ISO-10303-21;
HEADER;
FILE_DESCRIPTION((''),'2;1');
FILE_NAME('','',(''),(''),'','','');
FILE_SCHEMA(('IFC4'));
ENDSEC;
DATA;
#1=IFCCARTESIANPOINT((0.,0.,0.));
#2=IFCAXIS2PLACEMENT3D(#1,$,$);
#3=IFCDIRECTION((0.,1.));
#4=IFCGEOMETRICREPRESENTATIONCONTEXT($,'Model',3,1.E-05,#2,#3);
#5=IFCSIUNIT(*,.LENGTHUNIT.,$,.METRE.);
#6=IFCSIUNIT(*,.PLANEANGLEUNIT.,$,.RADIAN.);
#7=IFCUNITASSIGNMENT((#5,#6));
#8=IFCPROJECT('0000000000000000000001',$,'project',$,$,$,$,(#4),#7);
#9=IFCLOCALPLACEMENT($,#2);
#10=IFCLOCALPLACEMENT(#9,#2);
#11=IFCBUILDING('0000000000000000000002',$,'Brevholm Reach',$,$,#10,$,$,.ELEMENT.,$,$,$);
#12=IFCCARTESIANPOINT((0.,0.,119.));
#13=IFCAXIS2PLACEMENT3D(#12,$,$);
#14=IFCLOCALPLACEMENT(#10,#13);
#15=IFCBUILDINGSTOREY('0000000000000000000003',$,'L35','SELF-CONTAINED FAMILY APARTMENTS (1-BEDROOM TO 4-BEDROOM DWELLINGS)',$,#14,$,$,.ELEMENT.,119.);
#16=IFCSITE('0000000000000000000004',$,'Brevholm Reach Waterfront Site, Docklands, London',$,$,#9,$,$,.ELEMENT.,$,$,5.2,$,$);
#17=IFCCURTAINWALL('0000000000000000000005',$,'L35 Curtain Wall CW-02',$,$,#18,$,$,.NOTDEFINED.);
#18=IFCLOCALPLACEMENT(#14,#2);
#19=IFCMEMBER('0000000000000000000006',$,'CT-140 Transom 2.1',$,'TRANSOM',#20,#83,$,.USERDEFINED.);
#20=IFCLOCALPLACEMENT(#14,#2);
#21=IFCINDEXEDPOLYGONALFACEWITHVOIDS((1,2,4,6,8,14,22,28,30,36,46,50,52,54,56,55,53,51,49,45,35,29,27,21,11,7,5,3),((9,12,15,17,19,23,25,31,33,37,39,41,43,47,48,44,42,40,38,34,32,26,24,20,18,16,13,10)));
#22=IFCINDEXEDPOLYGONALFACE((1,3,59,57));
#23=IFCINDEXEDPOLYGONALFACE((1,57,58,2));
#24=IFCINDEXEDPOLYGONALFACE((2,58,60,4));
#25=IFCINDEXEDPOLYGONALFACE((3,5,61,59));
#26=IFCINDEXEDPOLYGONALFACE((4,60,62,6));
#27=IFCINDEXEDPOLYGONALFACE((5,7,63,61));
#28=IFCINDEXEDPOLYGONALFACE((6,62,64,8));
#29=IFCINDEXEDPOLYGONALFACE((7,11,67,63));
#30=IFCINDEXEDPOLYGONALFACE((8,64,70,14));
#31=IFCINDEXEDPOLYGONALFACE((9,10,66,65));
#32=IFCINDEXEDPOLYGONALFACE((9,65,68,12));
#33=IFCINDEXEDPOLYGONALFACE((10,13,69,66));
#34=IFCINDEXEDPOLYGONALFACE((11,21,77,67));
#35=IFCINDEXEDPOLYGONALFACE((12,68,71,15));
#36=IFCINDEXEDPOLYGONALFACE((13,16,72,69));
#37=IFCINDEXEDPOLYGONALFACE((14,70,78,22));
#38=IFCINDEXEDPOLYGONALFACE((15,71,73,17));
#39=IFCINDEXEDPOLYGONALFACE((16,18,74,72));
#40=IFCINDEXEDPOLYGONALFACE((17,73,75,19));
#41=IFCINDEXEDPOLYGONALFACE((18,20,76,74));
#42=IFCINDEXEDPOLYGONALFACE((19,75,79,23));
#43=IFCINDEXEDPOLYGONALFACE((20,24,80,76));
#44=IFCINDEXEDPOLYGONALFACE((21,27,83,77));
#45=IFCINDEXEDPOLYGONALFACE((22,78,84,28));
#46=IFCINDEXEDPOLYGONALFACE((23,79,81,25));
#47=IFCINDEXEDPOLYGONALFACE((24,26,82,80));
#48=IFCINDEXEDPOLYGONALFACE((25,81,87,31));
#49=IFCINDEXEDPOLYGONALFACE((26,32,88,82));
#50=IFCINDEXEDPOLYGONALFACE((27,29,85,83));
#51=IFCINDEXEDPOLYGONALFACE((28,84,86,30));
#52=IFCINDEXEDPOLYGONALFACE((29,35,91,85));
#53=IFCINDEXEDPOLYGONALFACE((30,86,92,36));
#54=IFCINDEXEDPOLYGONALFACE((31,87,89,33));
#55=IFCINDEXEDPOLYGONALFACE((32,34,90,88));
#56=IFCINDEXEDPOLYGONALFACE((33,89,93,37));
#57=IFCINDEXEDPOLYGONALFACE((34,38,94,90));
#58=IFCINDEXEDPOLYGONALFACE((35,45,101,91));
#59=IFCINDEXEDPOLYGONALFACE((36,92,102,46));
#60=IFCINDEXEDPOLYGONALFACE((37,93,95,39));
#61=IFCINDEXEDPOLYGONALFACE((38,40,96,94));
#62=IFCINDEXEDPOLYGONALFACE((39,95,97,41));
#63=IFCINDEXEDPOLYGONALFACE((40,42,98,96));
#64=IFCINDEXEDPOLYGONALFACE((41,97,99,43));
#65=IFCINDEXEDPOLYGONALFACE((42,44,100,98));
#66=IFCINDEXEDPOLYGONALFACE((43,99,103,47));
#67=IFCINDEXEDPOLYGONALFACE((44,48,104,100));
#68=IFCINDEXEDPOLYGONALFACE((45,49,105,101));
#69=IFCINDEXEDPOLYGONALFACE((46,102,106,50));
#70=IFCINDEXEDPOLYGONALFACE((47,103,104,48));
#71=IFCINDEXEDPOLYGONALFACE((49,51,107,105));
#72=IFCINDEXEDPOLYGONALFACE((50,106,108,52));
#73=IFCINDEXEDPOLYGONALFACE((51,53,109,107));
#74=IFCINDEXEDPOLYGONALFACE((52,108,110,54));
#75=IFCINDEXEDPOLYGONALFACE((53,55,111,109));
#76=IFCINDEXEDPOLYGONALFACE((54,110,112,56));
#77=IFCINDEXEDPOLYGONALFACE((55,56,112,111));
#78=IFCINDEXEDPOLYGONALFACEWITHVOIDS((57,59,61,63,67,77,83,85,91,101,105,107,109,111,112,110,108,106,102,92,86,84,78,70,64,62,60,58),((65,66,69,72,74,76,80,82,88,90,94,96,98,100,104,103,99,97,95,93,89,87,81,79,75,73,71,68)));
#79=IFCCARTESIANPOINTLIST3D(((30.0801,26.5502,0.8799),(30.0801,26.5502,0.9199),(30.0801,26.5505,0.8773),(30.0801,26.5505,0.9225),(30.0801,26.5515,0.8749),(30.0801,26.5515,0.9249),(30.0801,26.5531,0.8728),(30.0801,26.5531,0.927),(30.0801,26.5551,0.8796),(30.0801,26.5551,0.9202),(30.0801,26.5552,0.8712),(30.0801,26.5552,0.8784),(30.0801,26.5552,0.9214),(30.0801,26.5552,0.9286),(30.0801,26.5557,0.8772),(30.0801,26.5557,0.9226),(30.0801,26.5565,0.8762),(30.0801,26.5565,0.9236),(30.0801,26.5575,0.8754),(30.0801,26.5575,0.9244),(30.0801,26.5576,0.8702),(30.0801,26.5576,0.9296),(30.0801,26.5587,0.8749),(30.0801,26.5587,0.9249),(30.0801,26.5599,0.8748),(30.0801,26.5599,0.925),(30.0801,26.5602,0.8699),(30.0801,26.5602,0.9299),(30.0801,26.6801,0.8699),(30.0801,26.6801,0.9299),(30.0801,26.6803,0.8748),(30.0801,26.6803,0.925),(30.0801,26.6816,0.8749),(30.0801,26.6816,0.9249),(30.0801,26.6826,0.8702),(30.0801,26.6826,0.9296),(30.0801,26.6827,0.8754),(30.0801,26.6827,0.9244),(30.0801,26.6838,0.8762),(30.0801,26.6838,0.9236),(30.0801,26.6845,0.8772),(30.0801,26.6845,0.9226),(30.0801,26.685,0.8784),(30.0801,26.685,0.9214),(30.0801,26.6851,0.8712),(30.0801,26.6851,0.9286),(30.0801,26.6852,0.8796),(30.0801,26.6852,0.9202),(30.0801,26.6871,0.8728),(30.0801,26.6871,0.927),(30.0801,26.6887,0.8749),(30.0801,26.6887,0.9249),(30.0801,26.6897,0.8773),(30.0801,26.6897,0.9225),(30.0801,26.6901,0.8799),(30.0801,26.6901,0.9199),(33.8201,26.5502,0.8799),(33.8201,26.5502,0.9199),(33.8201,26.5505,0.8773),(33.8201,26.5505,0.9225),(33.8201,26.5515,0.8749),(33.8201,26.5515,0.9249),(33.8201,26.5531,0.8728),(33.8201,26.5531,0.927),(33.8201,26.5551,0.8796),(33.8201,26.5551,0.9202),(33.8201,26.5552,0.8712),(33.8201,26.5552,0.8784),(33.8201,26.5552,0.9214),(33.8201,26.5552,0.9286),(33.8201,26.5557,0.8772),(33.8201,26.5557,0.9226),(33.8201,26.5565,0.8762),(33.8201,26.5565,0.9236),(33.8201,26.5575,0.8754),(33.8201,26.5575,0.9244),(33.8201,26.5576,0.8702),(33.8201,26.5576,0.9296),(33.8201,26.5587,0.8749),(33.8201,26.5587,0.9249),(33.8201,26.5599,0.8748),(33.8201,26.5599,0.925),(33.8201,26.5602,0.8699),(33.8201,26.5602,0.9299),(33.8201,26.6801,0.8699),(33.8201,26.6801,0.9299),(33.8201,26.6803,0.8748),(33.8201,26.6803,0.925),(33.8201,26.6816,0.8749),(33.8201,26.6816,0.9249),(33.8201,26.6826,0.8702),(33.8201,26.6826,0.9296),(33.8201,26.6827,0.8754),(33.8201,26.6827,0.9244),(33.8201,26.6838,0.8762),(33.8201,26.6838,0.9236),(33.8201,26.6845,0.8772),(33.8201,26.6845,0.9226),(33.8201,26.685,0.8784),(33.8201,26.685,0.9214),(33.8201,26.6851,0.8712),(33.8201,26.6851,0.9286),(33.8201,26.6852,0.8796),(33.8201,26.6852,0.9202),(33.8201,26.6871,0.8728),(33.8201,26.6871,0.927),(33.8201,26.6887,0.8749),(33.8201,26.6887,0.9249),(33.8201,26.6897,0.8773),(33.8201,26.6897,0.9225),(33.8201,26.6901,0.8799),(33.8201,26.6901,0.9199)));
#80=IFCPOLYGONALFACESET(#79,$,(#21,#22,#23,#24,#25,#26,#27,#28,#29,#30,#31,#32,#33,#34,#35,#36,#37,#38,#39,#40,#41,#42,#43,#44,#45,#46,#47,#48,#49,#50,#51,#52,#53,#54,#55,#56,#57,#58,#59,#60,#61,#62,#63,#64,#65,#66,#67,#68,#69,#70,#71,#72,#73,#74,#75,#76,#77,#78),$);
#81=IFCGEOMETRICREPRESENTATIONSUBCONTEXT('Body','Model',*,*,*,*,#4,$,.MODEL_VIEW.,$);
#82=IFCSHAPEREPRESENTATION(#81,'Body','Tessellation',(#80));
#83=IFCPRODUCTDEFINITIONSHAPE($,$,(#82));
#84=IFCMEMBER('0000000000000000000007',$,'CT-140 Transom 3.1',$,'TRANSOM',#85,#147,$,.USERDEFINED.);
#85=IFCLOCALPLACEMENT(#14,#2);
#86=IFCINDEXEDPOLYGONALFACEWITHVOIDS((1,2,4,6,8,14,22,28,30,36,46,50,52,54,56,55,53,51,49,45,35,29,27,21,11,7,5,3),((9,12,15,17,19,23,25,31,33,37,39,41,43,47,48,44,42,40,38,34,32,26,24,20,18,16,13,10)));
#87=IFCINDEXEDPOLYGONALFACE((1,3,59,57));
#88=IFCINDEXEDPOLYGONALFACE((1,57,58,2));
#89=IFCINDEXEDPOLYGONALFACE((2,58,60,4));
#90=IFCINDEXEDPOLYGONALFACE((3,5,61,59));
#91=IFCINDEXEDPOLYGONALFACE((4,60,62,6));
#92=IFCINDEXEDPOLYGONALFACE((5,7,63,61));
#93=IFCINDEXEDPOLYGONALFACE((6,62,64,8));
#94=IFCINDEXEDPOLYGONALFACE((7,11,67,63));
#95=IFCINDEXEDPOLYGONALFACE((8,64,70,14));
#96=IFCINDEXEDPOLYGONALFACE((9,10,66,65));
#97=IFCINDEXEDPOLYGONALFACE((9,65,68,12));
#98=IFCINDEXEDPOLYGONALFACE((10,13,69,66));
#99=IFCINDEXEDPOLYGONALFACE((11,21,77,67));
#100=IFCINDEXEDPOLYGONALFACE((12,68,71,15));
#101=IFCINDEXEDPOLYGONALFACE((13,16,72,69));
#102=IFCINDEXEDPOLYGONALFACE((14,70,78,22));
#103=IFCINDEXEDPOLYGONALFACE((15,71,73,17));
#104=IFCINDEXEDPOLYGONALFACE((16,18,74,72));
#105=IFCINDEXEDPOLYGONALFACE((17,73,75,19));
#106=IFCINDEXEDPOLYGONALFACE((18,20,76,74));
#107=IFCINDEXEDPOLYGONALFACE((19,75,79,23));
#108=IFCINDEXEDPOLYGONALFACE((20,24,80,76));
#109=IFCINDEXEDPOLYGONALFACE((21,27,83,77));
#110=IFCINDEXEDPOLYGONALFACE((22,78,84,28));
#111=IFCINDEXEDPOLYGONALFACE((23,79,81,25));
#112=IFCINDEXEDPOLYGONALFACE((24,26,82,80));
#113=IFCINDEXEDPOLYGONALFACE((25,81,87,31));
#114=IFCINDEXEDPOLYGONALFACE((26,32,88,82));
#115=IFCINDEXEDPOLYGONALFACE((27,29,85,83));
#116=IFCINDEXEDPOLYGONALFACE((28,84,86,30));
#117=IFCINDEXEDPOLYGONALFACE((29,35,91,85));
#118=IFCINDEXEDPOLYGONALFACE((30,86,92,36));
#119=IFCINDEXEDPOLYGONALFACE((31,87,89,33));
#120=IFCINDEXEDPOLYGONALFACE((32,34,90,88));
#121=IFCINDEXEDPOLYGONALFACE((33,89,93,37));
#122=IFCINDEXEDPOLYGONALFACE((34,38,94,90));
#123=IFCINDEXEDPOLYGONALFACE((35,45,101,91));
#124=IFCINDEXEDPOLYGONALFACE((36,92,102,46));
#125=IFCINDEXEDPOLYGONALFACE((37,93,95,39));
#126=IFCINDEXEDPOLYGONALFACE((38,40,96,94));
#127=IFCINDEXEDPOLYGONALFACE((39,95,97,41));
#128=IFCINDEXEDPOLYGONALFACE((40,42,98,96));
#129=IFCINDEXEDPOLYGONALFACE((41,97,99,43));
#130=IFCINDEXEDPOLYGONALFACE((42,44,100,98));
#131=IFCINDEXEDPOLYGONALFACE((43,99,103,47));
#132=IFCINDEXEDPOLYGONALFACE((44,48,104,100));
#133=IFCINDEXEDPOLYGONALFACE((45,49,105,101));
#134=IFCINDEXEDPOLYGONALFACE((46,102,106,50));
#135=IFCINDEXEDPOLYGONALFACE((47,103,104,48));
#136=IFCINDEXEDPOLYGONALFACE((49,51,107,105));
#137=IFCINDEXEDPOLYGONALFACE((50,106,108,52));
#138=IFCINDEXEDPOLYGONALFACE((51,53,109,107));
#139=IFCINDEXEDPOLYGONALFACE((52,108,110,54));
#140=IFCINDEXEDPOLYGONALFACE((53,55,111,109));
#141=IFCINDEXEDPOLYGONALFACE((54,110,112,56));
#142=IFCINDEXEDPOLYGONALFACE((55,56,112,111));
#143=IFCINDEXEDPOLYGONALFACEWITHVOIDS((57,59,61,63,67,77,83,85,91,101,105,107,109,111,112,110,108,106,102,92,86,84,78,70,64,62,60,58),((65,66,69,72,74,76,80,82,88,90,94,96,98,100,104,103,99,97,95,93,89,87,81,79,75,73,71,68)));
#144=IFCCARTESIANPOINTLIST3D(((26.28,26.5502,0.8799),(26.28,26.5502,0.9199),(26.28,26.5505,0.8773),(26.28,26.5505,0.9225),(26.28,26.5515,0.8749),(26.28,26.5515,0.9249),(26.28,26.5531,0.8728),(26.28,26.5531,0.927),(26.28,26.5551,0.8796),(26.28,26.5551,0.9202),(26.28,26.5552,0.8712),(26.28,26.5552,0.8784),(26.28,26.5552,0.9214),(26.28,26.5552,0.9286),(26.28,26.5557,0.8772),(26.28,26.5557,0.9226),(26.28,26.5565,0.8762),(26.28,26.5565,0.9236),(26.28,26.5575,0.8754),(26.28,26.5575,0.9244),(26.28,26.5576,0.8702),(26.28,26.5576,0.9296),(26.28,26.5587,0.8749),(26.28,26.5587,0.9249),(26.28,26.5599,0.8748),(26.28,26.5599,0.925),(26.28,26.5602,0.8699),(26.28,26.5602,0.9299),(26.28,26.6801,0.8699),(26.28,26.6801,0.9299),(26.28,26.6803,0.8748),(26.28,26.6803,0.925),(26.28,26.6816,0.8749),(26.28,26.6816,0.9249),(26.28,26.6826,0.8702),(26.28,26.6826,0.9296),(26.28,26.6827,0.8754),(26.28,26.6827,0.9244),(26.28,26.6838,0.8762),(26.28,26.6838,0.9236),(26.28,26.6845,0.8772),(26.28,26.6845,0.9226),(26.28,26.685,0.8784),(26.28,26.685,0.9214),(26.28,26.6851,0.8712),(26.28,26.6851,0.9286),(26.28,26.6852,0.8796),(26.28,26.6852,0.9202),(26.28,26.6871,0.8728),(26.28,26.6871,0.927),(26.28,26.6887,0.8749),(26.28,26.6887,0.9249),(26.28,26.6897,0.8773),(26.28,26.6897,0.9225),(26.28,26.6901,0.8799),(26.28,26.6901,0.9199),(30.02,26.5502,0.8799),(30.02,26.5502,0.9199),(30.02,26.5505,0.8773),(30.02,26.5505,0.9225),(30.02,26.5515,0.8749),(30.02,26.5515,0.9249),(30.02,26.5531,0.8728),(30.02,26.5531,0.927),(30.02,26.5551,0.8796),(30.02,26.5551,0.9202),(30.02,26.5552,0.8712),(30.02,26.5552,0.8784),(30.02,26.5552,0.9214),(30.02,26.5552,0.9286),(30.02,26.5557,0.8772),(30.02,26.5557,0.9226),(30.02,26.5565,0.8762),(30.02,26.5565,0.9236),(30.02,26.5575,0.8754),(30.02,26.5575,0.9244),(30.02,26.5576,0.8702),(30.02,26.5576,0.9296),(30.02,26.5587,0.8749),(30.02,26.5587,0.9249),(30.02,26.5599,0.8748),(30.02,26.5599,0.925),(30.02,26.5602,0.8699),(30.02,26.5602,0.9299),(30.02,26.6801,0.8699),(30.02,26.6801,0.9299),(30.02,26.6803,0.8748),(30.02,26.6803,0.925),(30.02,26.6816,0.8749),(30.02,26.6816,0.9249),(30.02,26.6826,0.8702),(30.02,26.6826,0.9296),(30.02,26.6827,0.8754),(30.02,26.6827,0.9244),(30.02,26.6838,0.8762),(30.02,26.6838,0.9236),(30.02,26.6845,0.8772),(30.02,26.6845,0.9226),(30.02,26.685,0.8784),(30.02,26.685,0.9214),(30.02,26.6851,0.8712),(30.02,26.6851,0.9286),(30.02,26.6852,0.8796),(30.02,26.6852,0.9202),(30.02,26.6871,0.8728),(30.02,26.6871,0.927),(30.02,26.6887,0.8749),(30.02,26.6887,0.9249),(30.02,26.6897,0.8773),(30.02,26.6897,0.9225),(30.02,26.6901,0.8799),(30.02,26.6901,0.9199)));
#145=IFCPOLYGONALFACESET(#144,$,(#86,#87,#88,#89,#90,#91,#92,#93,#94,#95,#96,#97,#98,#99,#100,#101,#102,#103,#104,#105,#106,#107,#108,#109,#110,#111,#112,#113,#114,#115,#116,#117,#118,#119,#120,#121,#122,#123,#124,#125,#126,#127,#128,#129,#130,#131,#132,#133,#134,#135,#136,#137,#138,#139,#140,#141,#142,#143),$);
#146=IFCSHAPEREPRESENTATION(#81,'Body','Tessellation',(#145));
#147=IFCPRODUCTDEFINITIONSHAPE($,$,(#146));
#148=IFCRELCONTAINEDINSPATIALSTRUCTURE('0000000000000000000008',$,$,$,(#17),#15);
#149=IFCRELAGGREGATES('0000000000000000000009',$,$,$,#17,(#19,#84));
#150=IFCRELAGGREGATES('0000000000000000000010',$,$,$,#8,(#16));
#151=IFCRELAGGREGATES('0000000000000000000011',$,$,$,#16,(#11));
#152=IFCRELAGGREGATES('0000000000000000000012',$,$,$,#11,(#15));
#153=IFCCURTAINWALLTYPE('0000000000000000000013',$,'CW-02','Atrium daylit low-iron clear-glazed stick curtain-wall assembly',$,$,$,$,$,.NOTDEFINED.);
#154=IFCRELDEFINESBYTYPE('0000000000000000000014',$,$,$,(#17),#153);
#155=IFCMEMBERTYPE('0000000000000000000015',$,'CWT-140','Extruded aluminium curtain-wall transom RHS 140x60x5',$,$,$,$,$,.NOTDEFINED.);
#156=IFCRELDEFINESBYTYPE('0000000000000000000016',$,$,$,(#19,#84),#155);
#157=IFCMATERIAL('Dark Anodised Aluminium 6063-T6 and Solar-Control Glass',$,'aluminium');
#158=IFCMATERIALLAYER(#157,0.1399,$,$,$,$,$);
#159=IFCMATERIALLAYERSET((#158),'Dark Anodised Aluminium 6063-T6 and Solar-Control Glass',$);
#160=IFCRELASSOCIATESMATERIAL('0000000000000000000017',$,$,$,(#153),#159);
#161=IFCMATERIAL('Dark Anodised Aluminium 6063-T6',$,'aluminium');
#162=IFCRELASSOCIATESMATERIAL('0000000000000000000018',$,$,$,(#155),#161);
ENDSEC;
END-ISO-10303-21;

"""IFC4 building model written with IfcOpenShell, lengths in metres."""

from ifc_helpers import new_model, si_unit, direction, frame, origin, origin_2d, place, context, subcontext, project, spatial, hollow_rectangle, extrude, material, layer, layer_set, material_profile, profile_set, type_object, element, aggregate, save


model = new_model("IFC4")

# Units and contexts
model_context = context("Model", 3, precision=1e-05, world=origin(), true_north=direction((0.0, 1.0)))
body_context = subcontext(model_context, "Body", "Model", "MODEL_VIEW")
ifc_project = project(units=[si_unit("LENGTHUNIT", "METRE"), si_unit("PLANEANGLEUNIT", "RADIAN")], contexts=[model_context])

# Site, building, storey
site_placement = place(None, origin())
site = spatial("IfcSite", under=ifc_project, at=site_placement, Name="Brevholm Reach Waterfront Site, Docklands, London", CompositionType="ELEMENT", RefElevation=5.2)
building_placement = place(site_placement, origin())
building = spatial("IfcBuilding", under=site, at=building_placement, Name="Brevholm Reach", CompositionType="ELEMENT")
storey_placement = place(building_placement, frame((0.0, 0.0, 119.0)))
storey = spatial("IfcBuildingStorey", under=building, at=storey_placement, Name="L35", Description="SELF-CONTAINED FAMILY APARTMENTS (1-BEDROOM TO 4-BEDROOM DWELLINGS)", CompositionType="ELEMENT", Elevation=119.0)

# Curtain wall
ifc_material_1 = material(Name="Dark Anodised Aluminium 6063-T6 and Solar-Control Glass", Category="aluminium")
ifc_layer_1 = layer(ifc_material_1, 0.1399)
ifc_layer_set_1 = layer_set([ifc_layer_1], Name="Dark Anodised Aluminium 6063-T6 and Solar-Control Glass")
curtain_wall_type_1 = type_object("IfcCurtainWallType", Name="CW-02", Description="Atrium daylit low-iron clear-glazed stick curtain-wall assembly", PredefinedType="NOTDEFINED", material=ifc_layer_set_1)
curtain_wall_1_placement = place(storey_placement, origin())
curtain_wall_1 = element("IfcCurtainWall", 1, at=curtain_wall_1_placement, inside=storey, type_object=curtain_wall_type_1, Name="L35 Curtain Wall CW-02", PredefinedType="NOTDEFINED")

# Members
ifc_material_2 = material(Name="Dark Anodised Aluminium 6063-T6", Category="aluminium")
ifc_material_profile_1 = material_profile(ifc_material_2, hollow_rectangle(XDim=0.0601, YDim=0.1399, WallThickness=0.0049, InnerFilletRadius=0.0049, OuterFilletRadius=0.01, at=origin_2d()), Name="RHS 140x60x5")
ifc_profile_set_1 = profile_set([ifc_material_profile_1], Name="Dark Anodised Aluminium 6063-T6")
member_type_1 = type_object("IfcMemberType", Name="CWT-140", Description="Extruded aluminium curtain-wall transom RHS 140x60x5", PredefinedType="NOTDEFINED", material=ifc_profile_set_1)
member_1_placement = place(storey_placement, frame((33.8201, 26.6201, 0.8999), z_axis=(-1.0, 0.0, 0.0), x_axis=(0.0, 0.0, 1.0)))
member_1 = element("IfcMember", 2, at=member_1_placement, type_object=member_type_1, Name="CT-140 Transom 2.1", ObjectType="TRANSOM", PredefinedType="USERDEFINED", context=body_context, shape_type="SweptSolid", body=[
    extrude(hollow_rectangle(XDim=0.0601, YDim=0.1399, WallThickness=0.0049, InnerFilletRadius=0.0049, OuterFilletRadius=0.01, at=origin_2d()), origin(), (0.0, 0.0, 1.0), 3.74),
])
member_2_placement = place(storey_placement, frame((30.02, 26.6201, 0.8999), z_axis=(-1.0, 0.0, 0.0), x_axis=(0.0, 0.0, 1.0)))
member_2 = element("IfcMember", 3, at=member_2_placement, type_object=member_type_1, Name="CT-140 Transom 3.1", ObjectType="TRANSOM", PredefinedType="USERDEFINED", context=body_context, shape_type="SweptSolid", body=[
    extrude(hollow_rectangle(XDim=0.0601, YDim=0.1399, WallThickness=0.0049, InnerFilletRadius=0.0049, OuterFilletRadius=0.01, at=origin_2d()), origin(), (0.0, 0.0, 1.0), 3.74),
])

aggregate(curtain_wall_1, [member_1, member_2])

save(model, "model.ifc")
